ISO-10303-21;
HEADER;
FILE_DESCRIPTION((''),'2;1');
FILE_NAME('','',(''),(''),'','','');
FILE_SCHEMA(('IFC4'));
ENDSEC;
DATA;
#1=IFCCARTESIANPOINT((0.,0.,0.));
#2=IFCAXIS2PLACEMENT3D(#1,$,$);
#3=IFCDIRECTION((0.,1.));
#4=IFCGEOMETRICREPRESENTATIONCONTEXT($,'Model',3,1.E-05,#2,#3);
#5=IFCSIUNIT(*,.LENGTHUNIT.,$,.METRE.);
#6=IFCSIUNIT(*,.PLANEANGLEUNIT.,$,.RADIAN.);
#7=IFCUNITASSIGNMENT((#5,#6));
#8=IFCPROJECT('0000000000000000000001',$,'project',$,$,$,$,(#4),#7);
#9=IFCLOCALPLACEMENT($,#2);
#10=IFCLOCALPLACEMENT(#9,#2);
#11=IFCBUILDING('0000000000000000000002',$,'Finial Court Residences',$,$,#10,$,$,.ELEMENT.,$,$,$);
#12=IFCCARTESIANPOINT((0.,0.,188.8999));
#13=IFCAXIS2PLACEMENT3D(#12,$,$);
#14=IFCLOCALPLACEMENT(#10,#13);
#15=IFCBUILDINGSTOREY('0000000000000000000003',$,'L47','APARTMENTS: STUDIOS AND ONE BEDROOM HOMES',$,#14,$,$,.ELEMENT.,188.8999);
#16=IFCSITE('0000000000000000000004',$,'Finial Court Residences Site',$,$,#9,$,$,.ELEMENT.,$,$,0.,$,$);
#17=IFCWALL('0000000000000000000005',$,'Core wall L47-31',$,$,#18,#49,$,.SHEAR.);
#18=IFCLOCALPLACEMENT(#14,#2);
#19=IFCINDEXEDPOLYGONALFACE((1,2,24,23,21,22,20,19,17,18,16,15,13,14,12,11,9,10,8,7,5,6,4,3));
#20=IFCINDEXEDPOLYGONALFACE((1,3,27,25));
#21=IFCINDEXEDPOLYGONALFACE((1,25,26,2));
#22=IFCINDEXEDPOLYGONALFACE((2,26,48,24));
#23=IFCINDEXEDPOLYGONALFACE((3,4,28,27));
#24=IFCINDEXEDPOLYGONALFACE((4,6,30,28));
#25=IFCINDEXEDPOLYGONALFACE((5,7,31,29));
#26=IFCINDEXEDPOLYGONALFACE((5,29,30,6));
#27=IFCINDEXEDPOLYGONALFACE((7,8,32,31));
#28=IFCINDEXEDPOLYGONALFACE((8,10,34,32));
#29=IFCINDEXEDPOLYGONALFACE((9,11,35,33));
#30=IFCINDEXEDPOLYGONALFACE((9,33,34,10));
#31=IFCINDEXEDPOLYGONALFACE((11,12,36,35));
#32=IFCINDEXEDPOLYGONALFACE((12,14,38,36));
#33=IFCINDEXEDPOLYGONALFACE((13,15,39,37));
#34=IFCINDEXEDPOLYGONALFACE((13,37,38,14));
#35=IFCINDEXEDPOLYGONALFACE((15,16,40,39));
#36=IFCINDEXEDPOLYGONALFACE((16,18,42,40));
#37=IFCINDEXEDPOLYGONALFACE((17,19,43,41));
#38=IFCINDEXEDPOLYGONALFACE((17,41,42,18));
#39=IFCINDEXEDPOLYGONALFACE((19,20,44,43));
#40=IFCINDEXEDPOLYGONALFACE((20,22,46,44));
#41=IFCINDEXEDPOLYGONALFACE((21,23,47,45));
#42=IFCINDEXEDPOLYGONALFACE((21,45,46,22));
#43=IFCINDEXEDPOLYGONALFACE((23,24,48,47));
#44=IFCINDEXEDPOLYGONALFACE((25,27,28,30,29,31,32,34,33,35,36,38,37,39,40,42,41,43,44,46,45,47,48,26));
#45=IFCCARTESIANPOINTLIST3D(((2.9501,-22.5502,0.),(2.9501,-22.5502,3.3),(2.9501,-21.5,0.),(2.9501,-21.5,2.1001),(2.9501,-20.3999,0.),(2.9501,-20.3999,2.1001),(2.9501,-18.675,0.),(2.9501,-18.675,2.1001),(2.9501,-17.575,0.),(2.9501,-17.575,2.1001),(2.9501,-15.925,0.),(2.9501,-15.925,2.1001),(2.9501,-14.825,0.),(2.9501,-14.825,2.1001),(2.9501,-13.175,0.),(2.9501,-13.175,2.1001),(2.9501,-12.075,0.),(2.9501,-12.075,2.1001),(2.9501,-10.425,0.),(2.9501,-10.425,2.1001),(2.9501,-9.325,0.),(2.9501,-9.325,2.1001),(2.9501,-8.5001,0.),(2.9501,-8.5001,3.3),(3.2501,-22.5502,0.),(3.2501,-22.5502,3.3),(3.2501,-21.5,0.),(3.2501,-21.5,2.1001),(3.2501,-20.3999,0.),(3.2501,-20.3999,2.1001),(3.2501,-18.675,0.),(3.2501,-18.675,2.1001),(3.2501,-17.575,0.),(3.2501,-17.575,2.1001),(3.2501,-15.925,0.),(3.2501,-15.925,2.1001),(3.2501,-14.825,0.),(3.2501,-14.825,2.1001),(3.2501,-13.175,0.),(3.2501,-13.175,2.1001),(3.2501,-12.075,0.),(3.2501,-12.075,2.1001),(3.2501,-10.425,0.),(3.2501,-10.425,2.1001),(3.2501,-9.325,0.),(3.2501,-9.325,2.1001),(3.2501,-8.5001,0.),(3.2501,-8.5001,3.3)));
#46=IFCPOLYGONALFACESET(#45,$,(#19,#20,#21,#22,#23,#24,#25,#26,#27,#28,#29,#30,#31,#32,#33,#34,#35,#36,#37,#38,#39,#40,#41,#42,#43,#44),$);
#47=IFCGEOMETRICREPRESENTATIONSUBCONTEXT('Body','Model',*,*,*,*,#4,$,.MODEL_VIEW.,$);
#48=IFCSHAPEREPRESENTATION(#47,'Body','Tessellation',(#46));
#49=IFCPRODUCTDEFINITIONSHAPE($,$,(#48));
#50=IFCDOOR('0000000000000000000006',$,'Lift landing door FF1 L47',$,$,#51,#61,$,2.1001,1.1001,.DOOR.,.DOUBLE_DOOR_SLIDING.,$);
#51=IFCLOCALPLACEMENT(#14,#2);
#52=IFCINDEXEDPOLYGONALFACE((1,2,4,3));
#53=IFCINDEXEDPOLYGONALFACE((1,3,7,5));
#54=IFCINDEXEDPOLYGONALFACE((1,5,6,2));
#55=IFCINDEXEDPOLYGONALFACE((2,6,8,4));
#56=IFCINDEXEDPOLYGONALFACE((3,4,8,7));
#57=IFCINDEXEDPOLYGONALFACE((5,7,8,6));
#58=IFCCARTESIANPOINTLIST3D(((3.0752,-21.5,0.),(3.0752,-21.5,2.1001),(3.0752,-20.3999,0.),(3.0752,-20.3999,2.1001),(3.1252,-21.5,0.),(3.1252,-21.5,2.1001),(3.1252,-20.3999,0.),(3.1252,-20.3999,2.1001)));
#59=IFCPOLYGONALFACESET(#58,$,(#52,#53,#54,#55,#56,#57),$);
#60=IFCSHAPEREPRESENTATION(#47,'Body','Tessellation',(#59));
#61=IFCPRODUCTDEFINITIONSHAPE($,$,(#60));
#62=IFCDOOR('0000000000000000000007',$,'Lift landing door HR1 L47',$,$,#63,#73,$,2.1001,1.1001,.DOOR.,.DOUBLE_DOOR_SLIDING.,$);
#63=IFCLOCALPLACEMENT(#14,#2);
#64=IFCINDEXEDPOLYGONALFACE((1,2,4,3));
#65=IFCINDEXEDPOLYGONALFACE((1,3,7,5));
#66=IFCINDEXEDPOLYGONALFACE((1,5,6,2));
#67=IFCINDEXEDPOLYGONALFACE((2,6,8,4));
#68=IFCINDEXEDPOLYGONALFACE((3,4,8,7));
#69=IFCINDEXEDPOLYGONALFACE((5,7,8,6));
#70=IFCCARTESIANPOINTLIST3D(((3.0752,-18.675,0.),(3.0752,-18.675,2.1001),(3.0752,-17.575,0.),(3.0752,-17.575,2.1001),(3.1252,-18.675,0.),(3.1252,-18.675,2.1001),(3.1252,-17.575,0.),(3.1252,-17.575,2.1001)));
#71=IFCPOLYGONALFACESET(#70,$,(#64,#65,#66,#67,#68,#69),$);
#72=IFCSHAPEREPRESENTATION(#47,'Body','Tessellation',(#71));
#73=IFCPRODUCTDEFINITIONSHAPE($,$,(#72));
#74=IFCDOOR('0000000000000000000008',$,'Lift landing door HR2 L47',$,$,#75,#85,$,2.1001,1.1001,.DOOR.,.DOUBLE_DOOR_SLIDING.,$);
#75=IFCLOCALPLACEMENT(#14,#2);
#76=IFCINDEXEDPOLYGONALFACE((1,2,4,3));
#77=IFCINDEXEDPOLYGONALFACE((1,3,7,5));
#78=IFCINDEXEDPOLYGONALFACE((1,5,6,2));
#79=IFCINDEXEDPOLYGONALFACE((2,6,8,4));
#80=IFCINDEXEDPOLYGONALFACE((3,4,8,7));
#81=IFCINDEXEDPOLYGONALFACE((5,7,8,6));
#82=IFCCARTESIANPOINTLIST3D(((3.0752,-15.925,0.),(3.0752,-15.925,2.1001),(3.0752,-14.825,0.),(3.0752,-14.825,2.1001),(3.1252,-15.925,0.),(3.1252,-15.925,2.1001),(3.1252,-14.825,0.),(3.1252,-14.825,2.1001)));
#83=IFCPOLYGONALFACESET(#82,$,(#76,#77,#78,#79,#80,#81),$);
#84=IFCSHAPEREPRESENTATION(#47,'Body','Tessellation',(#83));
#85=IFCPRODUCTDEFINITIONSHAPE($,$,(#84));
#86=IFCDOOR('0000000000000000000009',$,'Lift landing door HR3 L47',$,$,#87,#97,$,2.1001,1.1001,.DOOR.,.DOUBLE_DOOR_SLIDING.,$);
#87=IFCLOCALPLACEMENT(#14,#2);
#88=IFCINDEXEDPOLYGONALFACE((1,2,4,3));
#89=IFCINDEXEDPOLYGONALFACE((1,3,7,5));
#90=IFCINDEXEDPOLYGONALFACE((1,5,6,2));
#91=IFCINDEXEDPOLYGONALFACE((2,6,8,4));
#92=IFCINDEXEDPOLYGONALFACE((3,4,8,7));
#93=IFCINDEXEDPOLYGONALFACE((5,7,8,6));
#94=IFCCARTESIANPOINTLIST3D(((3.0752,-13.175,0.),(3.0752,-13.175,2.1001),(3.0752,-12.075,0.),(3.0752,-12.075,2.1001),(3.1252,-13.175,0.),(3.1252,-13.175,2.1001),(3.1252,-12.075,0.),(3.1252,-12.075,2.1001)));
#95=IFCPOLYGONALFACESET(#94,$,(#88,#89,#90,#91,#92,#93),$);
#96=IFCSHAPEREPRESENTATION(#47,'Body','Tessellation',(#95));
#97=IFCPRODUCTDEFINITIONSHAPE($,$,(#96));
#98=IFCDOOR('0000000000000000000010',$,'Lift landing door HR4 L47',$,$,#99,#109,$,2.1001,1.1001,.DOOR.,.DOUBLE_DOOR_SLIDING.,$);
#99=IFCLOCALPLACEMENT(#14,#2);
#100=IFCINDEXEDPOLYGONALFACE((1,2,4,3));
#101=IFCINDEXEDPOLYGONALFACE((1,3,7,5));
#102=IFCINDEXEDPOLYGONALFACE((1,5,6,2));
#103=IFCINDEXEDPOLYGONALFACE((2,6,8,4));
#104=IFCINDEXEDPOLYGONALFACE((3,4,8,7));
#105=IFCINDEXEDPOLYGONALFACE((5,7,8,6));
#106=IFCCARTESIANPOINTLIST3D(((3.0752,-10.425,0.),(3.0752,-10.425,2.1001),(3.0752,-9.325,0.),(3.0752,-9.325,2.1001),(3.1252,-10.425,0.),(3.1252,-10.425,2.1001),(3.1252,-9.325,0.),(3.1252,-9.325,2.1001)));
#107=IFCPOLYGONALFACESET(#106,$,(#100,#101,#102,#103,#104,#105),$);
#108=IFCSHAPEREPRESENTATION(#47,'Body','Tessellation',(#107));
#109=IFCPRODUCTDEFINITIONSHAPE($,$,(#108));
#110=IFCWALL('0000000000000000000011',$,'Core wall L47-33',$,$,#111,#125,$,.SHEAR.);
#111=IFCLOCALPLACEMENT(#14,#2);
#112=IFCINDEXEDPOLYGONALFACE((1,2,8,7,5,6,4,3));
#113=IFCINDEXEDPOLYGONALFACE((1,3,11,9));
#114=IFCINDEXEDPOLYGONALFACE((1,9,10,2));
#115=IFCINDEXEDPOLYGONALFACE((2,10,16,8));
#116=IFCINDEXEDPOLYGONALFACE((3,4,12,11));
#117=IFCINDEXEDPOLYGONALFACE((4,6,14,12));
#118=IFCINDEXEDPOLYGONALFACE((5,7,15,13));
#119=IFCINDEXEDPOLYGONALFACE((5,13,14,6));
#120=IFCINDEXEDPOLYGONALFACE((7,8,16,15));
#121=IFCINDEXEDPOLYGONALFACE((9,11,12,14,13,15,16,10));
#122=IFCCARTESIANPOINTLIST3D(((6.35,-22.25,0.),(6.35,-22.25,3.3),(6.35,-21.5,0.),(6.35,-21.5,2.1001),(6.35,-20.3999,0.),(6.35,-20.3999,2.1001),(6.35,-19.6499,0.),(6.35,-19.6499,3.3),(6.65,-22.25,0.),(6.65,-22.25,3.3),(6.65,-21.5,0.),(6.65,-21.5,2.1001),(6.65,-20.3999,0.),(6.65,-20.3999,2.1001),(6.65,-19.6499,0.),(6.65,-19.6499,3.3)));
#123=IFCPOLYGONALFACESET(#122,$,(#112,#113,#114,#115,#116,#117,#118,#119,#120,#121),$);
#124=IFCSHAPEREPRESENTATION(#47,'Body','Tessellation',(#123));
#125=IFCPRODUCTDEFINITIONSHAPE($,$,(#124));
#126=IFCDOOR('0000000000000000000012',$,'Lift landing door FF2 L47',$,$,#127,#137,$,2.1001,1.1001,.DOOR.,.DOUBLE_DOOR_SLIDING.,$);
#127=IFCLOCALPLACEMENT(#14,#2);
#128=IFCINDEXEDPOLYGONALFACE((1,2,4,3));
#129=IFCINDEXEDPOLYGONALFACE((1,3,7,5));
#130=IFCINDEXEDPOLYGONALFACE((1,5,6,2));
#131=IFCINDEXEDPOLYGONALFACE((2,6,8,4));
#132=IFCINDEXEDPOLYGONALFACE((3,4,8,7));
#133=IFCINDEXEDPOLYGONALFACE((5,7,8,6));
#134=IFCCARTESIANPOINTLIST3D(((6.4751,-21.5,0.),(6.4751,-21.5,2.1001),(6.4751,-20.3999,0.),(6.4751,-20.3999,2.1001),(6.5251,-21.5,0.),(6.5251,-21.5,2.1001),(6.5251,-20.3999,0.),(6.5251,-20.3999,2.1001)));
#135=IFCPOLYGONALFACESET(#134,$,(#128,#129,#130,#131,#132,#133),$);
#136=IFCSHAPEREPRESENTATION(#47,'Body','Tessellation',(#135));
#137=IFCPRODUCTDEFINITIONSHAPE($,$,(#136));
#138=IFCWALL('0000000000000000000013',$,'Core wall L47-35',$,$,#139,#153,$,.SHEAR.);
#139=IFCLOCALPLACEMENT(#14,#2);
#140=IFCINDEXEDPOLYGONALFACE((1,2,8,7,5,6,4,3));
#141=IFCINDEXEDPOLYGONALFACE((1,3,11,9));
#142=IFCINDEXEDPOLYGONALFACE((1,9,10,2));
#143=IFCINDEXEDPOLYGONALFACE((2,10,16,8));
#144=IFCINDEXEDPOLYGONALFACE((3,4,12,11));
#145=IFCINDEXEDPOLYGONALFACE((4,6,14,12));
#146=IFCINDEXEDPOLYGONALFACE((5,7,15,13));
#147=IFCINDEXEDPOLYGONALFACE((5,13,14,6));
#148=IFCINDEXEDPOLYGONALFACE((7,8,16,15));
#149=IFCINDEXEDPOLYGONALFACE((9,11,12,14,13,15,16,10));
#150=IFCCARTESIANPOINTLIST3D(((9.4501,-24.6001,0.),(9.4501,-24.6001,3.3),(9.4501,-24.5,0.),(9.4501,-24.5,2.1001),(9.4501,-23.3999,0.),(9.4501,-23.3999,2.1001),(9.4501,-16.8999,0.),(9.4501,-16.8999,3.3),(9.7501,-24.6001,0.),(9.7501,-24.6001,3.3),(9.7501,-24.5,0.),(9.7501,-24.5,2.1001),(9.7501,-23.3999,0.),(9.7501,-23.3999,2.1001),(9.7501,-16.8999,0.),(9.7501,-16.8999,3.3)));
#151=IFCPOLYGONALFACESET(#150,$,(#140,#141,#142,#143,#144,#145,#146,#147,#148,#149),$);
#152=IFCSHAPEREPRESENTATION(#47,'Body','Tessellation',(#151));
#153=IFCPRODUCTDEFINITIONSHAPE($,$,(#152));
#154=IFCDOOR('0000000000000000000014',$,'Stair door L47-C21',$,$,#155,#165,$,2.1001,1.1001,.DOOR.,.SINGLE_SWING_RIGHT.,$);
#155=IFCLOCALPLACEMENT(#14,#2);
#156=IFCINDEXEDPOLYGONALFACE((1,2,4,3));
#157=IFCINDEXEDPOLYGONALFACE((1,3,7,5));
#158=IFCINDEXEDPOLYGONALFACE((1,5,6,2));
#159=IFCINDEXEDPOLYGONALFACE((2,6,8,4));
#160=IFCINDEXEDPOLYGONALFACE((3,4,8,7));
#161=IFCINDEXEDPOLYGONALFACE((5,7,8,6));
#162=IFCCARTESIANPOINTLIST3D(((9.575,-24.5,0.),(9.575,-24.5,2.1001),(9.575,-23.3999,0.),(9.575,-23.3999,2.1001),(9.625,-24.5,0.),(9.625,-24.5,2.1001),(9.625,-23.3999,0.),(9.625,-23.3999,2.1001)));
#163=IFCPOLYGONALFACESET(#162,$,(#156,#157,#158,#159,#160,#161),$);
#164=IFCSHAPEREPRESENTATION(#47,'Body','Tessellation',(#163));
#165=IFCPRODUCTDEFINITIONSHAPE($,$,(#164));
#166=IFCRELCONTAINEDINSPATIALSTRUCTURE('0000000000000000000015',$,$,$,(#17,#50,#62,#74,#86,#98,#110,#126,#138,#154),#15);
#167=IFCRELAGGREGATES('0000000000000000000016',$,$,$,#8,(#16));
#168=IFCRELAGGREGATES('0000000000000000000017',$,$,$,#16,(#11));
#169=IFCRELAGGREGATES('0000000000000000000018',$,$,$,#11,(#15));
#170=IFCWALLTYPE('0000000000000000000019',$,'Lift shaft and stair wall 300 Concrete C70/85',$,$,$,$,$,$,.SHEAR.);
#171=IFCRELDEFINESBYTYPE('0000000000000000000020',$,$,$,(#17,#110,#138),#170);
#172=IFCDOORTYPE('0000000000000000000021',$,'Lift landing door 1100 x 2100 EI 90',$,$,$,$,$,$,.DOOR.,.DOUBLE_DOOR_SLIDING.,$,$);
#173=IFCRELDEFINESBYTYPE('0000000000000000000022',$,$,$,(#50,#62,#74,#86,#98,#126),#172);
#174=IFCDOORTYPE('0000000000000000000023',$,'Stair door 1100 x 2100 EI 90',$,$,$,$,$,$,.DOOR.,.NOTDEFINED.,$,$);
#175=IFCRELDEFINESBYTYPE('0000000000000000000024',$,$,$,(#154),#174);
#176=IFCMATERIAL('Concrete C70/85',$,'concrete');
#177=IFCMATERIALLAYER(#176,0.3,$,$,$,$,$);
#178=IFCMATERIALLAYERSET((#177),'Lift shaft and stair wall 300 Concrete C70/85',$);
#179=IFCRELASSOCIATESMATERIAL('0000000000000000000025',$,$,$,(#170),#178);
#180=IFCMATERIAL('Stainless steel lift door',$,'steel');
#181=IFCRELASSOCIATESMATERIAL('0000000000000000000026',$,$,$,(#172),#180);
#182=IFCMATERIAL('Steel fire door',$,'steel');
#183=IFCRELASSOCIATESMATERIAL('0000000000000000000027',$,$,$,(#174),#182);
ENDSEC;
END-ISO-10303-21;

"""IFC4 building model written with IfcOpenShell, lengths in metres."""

from ifc_helpers import new_model, si_unit, direction, frame, frame_2d, origin, place, context, subcontext, project, spatial, rectangle, extrude, material, layer, layer_set, type_object, element, fill, save


model = new_model("IFC4")

# Units and contexts
model_context = context("Model", 3, precision=1e-05, world=origin(), true_north=direction((0.0, 1.0)))
body_context = subcontext(model_context, "Body", "Model", "MODEL_VIEW")
ifc_project = project(units=[si_unit("LENGTHUNIT", "METRE"), si_unit("PLANEANGLEUNIT", "RADIAN")], contexts=[model_context])

# Site, building, storey
site_placement = place(None, origin())
site = spatial("IfcSite", under=ifc_project, at=site_placement, Name="Finial Court Residences Site", CompositionType="ELEMENT", RefElevation=0.0)
building_placement = place(site_placement, origin())
building = spatial("IfcBuilding", under=site, at=building_placement, Name="Finial Court Residences", CompositionType="ELEMENT")
storey_placement = place(building_placement, frame((0.0, 0.0, 188.8999)))
storey = spatial("IfcBuildingStorey", under=building, at=storey_placement, Name="L47", Description="APARTMENTS: STUDIOS AND ONE BEDROOM HOMES", CompositionType="ELEMENT", Elevation=188.8999)

# Shared definitions
ifc_material_1 = material(Name="Steel fire door", Category="steel")

# Shared definitions
ifc_material_2 = material(Name="Concrete C70/85", Category="concrete")
ifc_layer_1 = layer(ifc_material_2, 0.3)
ifc_layer_set_1 = layer_set([ifc_layer_1], Name="Lift shaft and stair wall 300 Concrete C70/85")
wall_type_1 = type_object("IfcWallType", Name="Lift shaft and stair wall 300 Concrete C70/85", PredefinedType="SHEAR", material=ifc_layer_set_1)

# Wall, openings, doors
wall_1_placement = place(storey_placement, frame((3.1001, -22.55, 0.0), z_axis=(0.0, 0.0, 1.0), x_axis=(0.0, 1.0, 0.0)))
wall_1 = element("IfcWall", 1, at=wall_1_placement, inside=storey, type_object=wall_type_1, Name="Core wall L47-31", PredefinedType="SHEAR", context=body_context, shape_type="SweptSolid", body=[
    extrude(rectangle(XDim=14.05, YDim=0.3, at=frame_2d((7.0249, 0.0))), origin(), (0.0, 0.0, 1.0), 3.3),
])
opening_1_placement = place(wall_1_placement, frame((1.05, 0.0, 0.0)))
opening_1 = element("IfcOpeningElement", 2, at=opening_1_placement, cuts=wall_1, PredefinedType="OPENING", context=body_context, shape_type="SweptSolid", body=[
    extrude(rectangle(XDim=1.1001, YDim=2.1001, at=frame_2d((0.55, 1.05))), frame((0.0, 0.1599, 0.0), z_axis=(0.0, -1.0, 0.0), x_axis=(1.0, 0.0, 0.0)), (0.0, 0.0, 1.0), 0.3201),
])
opening_2_placement = place(wall_1_placement, frame((3.875, 0.0, 0.0)))
opening_2 = element("IfcOpeningElement", 3, at=opening_2_placement, cuts=wall_1, PredefinedType="OPENING", context=body_context, shape_type="SweptSolid", body=[
    extrude(rectangle(XDim=1.1001, YDim=2.1001, at=frame_2d((0.55, 1.05))), frame((0.0, 0.1599, 0.0), z_axis=(0.0, -1.0, 0.0), x_axis=(1.0, 0.0, 0.0)), (0.0, 0.0, 1.0), 0.3201),
])
opening_3_placement = place(wall_1_placement, frame((6.625, 0.0, 0.0)))
opening_3 = element("IfcOpeningElement", 4, at=opening_3_placement, cuts=wall_1, PredefinedType="OPENING", context=body_context, shape_type="SweptSolid", body=[
    extrude(rectangle(XDim=1.1001, YDim=2.1001, at=frame_2d((0.55, 1.05))), frame((0.0, 0.1599, 0.0), z_axis=(0.0, -1.0, 0.0), x_axis=(1.0, 0.0, 0.0)), (0.0, 0.0, 1.0), 0.3201),
])
opening_4_placement = place(wall_1_placement, frame((9.375, 0.0, 0.0)))
opening_4 = element("IfcOpeningElement", 5, at=opening_4_placement, cuts=wall_1, PredefinedType="OPENING", context=body_context, shape_type="SweptSolid", body=[
    extrude(rectangle(XDim=1.1001, YDim=2.1001, at=frame_2d((0.55, 1.05))), frame((0.0, 0.1599, 0.0), z_axis=(0.0, -1.0, 0.0), x_axis=(1.0, 0.0, 0.0)), (0.0, 0.0, 1.0), 0.3201),
])
opening_5_placement = place(wall_1_placement, frame((12.125, 0.0, 0.0)))
opening_5 = element("IfcOpeningElement", 6, at=opening_5_placement, cuts=wall_1, PredefinedType="OPENING", context=body_context, shape_type="SweptSolid", body=[
    extrude(rectangle(XDim=1.1001, YDim=2.1001, at=frame_2d((0.55, 1.05))), frame((0.0, 0.1599, 0.0), z_axis=(0.0, -1.0, 0.0), x_axis=(1.0, 0.0, 0.0)), (0.0, 0.0, 1.0), 0.3201),
])
ifc_material_3 = material(Name="Stainless steel lift door", Category="steel")
door_type_1 = type_object("IfcDoorType", Name="Lift landing door 1100 x 2100 EI 90", OperationType="DOUBLE_DOOR_SLIDING", PredefinedType="DOOR", material=ifc_material_3)
door_1_placement = place(opening_1_placement, origin())
door_1 = element("IfcDoor", 7, at=door_1_placement, inside=storey, type_object=door_type_1, Name="Lift landing door FF1 L47", OperationType="DOUBLE_DOOR_SLIDING", OverallHeight=2.1001, OverallWidth=1.1001, PredefinedType="DOOR", context=body_context, shape_type="SweptSolid", body=[
    extrude(rectangle(XDim=1.1001, YDim=2.1001, at=frame_2d((0.55, 1.05))), frame((0.0, 0.0249, 0.0), z_axis=(0.0, -1.0, 0.0), x_axis=(1.0, 0.0, 0.0)), (0.0, 0.0, 1.0), 0.05),
])
fill(opening_1, door_1)
door_2_placement = place(opening_2_placement, origin())
door_2 = element("IfcDoor", 8, at=door_2_placement, inside=storey, type_object=door_type_1, Name="Lift landing door HR1 L47", OperationType="DOUBLE_DOOR_SLIDING", OverallHeight=2.1001, OverallWidth=1.1001, PredefinedType="DOOR", context=body_context, shape_type="SweptSolid", body=[
    extrude(rectangle(XDim=1.1001, YDim=2.1001, at=frame_2d((0.55, 1.05))), frame((0.0, 0.0249, 0.0), z_axis=(0.0, -1.0, 0.0), x_axis=(1.0, 0.0, 0.0)), (0.0, 0.0, 1.0), 0.05),
])
fill(opening_2, door_2)
door_3_placement = place(opening_3_placement, origin())
door_3 = element("IfcDoor", 9, at=door_3_placement, inside=storey, type_object=door_type_1, Name="Lift landing door HR2 L47", OperationType="DOUBLE_DOOR_SLIDING", OverallHeight=2.1001, OverallWidth=1.1001, PredefinedType="DOOR", context=body_context, shape_type="SweptSolid", body=[
    extrude(rectangle(XDim=1.1001, YDim=2.1001, at=frame_2d((0.55, 1.05))), frame((0.0, 0.0249, 0.0), z_axis=(0.0, -1.0, 0.0), x_axis=(1.0, 0.0, 0.0)), (0.0, 0.0, 1.0), 0.05),
])
fill(opening_3, door_3)
door_4_placement = place(opening_4_placement, origin())
door_4 = element("IfcDoor", 10, at=door_4_placement, inside=storey, type_object=door_type_1, Name="Lift landing door HR3 L47", OperationType="DOUBLE_DOOR_SLIDING", OverallHeight=2.1001, OverallWidth=1.1001, PredefinedType="DOOR", context=body_context, shape_type="SweptSolid", body=[
    extrude(rectangle(XDim=1.1001, YDim=2.1001, at=frame_2d((0.55, 1.05))), frame((0.0, 0.0249, 0.0), z_axis=(0.0, -1.0, 0.0), x_axis=(1.0, 0.0, 0.0)), (0.0, 0.0, 1.0), 0.05),
])
fill(opening_4, door_4)
door_5_placement = place(opening_5_placement, origin())
door_5 = element("IfcDoor", 11, at=door_5_placement, inside=storey, type_object=door_type_1, Name="Lift landing door HR4 L47", OperationType="DOUBLE_DOOR_SLIDING", OverallHeight=2.1001, OverallWidth=1.1001, PredefinedType="DOOR", context=body_context, shape_type="SweptSolid", body=[
    extrude(rectangle(XDim=1.1001, YDim=2.1001, at=frame_2d((0.55, 1.05))), frame((0.0, 0.0249, 0.0), z_axis=(0.0, -1.0, 0.0), x_axis=(1.0, 0.0, 0.0)), (0.0, 0.0, 1.0), 0.05),
])
fill(opening_5, door_5)

# Walls, openings, doors
wall_2_placement = place(storey_placement, frame((6.5, -22.25, 0.0), z_axis=(0.0, 0.0, 1.0), x_axis=(0.0, 1.0, 0.0)))
wall_2 = element("IfcWall", 12, at=wall_2_placement, inside=storey, type_object=wall_type_1, Name="Core wall L47-33", PredefinedType="SHEAR", context=body_context, shape_type="SweptSolid", body=[
    extrude(rectangle(XDim=2.6001, YDim=0.3, at=frame_2d((1.3, 0.0))), origin(), (0.0, 0.0, 1.0), 3.3),
])
opening_6_placement = place(wall_2_placement, frame((0.75, 0.0, 0.0)))
opening_6 = element("IfcOpeningElement", 13, at=opening_6_placement, cuts=wall_2, PredefinedType="OPENING", context=body_context, shape_type="SweptSolid", body=[
    extrude(rectangle(XDim=1.1001, YDim=2.1001, at=frame_2d((0.55, 1.05))), frame((0.0, 0.1599, 0.0), z_axis=(0.0, -1.0, 0.0), x_axis=(1.0, 0.0, 0.0)), (0.0, 0.0, 1.0), 0.3201),
])
door_6_placement = place(opening_6_placement, origin())
door_6 = element("IfcDoor", 14, at=door_6_placement, inside=storey, type_object=door_type_1, Name="Lift landing door FF2 L47", OperationType="DOUBLE_DOOR_SLIDING", OverallHeight=2.1001, OverallWidth=1.1001, PredefinedType="DOOR", context=body_context, shape_type="SweptSolid", body=[
    extrude(rectangle(XDim=1.1001, YDim=2.1001, at=frame_2d((0.55, 1.05))), frame((0.0, 0.0249, 0.0), z_axis=(0.0, -1.0, 0.0), x_axis=(1.0, 0.0, 0.0)), (0.0, 0.0, 1.0), 0.05),
])
fill(opening_6, door_6)
wall_3_placement = place(storey_placement, frame((9.6001, -16.8999, 0.0), z_axis=(0.0, 0.0, 1.0), x_axis=(0.0, -1.0, 0.0)))
wall_3 = element("IfcWall", 15, at=wall_3_placement, inside=storey, type_object=wall_type_1, Name="Core wall L47-35", PredefinedType="SHEAR", context=body_context, shape_type="SweptSolid", body=[
    extrude(rectangle(XDim=7.7002, YDim=0.3, at=frame_2d((3.8501, 0.0))), origin(), (0.0, 0.0, 1.0), 3.3),
])
opening_7_placement = place(wall_3_placement, frame((6.5, 0.0, 0.0)))
opening_7 = element("IfcOpeningElement", 16, at=opening_7_placement, cuts=wall_3, PredefinedType="OPENING", context=body_context, shape_type="SweptSolid", body=[
    extrude(rectangle(XDim=1.1001, YDim=2.1001, at=frame_2d((0.55, 1.05))), frame((0.0, 0.1599, 0.0), z_axis=(0.0, -1.0, 0.0), x_axis=(1.0, 0.0, 0.0)), (0.0, 0.0, 1.0), 0.3201),
])
door_type_2 = type_object("IfcDoorType", Name="Stair door 1100 x 2100 EI 90", OperationType="NOTDEFINED", PredefinedType="DOOR", material=ifc_material_1)
door_7_placement = place(opening_7_placement, origin())
door_7 = element("IfcDoor", 17, at=door_7_placement, inside=storey, type_object=door_type_2, Name="Stair door L47-C21", OperationType="SINGLE_SWING_RIGHT", OverallHeight=2.1001, OverallWidth=1.1001, PredefinedType="DOOR", context=body_context, shape_type="SweptSolid", body=[
    extrude(rectangle(XDim=1.1001, YDim=2.1001, at=frame_2d((0.55, 1.05))), frame((0.0, 0.0249, 0.0), z_axis=(0.0, -1.0, 0.0), x_axis=(1.0, 0.0, 0.0)), (0.0, 0.0, 1.0), 0.05),
])
fill(opening_7, door_7)

save(model, "model.ifc")
